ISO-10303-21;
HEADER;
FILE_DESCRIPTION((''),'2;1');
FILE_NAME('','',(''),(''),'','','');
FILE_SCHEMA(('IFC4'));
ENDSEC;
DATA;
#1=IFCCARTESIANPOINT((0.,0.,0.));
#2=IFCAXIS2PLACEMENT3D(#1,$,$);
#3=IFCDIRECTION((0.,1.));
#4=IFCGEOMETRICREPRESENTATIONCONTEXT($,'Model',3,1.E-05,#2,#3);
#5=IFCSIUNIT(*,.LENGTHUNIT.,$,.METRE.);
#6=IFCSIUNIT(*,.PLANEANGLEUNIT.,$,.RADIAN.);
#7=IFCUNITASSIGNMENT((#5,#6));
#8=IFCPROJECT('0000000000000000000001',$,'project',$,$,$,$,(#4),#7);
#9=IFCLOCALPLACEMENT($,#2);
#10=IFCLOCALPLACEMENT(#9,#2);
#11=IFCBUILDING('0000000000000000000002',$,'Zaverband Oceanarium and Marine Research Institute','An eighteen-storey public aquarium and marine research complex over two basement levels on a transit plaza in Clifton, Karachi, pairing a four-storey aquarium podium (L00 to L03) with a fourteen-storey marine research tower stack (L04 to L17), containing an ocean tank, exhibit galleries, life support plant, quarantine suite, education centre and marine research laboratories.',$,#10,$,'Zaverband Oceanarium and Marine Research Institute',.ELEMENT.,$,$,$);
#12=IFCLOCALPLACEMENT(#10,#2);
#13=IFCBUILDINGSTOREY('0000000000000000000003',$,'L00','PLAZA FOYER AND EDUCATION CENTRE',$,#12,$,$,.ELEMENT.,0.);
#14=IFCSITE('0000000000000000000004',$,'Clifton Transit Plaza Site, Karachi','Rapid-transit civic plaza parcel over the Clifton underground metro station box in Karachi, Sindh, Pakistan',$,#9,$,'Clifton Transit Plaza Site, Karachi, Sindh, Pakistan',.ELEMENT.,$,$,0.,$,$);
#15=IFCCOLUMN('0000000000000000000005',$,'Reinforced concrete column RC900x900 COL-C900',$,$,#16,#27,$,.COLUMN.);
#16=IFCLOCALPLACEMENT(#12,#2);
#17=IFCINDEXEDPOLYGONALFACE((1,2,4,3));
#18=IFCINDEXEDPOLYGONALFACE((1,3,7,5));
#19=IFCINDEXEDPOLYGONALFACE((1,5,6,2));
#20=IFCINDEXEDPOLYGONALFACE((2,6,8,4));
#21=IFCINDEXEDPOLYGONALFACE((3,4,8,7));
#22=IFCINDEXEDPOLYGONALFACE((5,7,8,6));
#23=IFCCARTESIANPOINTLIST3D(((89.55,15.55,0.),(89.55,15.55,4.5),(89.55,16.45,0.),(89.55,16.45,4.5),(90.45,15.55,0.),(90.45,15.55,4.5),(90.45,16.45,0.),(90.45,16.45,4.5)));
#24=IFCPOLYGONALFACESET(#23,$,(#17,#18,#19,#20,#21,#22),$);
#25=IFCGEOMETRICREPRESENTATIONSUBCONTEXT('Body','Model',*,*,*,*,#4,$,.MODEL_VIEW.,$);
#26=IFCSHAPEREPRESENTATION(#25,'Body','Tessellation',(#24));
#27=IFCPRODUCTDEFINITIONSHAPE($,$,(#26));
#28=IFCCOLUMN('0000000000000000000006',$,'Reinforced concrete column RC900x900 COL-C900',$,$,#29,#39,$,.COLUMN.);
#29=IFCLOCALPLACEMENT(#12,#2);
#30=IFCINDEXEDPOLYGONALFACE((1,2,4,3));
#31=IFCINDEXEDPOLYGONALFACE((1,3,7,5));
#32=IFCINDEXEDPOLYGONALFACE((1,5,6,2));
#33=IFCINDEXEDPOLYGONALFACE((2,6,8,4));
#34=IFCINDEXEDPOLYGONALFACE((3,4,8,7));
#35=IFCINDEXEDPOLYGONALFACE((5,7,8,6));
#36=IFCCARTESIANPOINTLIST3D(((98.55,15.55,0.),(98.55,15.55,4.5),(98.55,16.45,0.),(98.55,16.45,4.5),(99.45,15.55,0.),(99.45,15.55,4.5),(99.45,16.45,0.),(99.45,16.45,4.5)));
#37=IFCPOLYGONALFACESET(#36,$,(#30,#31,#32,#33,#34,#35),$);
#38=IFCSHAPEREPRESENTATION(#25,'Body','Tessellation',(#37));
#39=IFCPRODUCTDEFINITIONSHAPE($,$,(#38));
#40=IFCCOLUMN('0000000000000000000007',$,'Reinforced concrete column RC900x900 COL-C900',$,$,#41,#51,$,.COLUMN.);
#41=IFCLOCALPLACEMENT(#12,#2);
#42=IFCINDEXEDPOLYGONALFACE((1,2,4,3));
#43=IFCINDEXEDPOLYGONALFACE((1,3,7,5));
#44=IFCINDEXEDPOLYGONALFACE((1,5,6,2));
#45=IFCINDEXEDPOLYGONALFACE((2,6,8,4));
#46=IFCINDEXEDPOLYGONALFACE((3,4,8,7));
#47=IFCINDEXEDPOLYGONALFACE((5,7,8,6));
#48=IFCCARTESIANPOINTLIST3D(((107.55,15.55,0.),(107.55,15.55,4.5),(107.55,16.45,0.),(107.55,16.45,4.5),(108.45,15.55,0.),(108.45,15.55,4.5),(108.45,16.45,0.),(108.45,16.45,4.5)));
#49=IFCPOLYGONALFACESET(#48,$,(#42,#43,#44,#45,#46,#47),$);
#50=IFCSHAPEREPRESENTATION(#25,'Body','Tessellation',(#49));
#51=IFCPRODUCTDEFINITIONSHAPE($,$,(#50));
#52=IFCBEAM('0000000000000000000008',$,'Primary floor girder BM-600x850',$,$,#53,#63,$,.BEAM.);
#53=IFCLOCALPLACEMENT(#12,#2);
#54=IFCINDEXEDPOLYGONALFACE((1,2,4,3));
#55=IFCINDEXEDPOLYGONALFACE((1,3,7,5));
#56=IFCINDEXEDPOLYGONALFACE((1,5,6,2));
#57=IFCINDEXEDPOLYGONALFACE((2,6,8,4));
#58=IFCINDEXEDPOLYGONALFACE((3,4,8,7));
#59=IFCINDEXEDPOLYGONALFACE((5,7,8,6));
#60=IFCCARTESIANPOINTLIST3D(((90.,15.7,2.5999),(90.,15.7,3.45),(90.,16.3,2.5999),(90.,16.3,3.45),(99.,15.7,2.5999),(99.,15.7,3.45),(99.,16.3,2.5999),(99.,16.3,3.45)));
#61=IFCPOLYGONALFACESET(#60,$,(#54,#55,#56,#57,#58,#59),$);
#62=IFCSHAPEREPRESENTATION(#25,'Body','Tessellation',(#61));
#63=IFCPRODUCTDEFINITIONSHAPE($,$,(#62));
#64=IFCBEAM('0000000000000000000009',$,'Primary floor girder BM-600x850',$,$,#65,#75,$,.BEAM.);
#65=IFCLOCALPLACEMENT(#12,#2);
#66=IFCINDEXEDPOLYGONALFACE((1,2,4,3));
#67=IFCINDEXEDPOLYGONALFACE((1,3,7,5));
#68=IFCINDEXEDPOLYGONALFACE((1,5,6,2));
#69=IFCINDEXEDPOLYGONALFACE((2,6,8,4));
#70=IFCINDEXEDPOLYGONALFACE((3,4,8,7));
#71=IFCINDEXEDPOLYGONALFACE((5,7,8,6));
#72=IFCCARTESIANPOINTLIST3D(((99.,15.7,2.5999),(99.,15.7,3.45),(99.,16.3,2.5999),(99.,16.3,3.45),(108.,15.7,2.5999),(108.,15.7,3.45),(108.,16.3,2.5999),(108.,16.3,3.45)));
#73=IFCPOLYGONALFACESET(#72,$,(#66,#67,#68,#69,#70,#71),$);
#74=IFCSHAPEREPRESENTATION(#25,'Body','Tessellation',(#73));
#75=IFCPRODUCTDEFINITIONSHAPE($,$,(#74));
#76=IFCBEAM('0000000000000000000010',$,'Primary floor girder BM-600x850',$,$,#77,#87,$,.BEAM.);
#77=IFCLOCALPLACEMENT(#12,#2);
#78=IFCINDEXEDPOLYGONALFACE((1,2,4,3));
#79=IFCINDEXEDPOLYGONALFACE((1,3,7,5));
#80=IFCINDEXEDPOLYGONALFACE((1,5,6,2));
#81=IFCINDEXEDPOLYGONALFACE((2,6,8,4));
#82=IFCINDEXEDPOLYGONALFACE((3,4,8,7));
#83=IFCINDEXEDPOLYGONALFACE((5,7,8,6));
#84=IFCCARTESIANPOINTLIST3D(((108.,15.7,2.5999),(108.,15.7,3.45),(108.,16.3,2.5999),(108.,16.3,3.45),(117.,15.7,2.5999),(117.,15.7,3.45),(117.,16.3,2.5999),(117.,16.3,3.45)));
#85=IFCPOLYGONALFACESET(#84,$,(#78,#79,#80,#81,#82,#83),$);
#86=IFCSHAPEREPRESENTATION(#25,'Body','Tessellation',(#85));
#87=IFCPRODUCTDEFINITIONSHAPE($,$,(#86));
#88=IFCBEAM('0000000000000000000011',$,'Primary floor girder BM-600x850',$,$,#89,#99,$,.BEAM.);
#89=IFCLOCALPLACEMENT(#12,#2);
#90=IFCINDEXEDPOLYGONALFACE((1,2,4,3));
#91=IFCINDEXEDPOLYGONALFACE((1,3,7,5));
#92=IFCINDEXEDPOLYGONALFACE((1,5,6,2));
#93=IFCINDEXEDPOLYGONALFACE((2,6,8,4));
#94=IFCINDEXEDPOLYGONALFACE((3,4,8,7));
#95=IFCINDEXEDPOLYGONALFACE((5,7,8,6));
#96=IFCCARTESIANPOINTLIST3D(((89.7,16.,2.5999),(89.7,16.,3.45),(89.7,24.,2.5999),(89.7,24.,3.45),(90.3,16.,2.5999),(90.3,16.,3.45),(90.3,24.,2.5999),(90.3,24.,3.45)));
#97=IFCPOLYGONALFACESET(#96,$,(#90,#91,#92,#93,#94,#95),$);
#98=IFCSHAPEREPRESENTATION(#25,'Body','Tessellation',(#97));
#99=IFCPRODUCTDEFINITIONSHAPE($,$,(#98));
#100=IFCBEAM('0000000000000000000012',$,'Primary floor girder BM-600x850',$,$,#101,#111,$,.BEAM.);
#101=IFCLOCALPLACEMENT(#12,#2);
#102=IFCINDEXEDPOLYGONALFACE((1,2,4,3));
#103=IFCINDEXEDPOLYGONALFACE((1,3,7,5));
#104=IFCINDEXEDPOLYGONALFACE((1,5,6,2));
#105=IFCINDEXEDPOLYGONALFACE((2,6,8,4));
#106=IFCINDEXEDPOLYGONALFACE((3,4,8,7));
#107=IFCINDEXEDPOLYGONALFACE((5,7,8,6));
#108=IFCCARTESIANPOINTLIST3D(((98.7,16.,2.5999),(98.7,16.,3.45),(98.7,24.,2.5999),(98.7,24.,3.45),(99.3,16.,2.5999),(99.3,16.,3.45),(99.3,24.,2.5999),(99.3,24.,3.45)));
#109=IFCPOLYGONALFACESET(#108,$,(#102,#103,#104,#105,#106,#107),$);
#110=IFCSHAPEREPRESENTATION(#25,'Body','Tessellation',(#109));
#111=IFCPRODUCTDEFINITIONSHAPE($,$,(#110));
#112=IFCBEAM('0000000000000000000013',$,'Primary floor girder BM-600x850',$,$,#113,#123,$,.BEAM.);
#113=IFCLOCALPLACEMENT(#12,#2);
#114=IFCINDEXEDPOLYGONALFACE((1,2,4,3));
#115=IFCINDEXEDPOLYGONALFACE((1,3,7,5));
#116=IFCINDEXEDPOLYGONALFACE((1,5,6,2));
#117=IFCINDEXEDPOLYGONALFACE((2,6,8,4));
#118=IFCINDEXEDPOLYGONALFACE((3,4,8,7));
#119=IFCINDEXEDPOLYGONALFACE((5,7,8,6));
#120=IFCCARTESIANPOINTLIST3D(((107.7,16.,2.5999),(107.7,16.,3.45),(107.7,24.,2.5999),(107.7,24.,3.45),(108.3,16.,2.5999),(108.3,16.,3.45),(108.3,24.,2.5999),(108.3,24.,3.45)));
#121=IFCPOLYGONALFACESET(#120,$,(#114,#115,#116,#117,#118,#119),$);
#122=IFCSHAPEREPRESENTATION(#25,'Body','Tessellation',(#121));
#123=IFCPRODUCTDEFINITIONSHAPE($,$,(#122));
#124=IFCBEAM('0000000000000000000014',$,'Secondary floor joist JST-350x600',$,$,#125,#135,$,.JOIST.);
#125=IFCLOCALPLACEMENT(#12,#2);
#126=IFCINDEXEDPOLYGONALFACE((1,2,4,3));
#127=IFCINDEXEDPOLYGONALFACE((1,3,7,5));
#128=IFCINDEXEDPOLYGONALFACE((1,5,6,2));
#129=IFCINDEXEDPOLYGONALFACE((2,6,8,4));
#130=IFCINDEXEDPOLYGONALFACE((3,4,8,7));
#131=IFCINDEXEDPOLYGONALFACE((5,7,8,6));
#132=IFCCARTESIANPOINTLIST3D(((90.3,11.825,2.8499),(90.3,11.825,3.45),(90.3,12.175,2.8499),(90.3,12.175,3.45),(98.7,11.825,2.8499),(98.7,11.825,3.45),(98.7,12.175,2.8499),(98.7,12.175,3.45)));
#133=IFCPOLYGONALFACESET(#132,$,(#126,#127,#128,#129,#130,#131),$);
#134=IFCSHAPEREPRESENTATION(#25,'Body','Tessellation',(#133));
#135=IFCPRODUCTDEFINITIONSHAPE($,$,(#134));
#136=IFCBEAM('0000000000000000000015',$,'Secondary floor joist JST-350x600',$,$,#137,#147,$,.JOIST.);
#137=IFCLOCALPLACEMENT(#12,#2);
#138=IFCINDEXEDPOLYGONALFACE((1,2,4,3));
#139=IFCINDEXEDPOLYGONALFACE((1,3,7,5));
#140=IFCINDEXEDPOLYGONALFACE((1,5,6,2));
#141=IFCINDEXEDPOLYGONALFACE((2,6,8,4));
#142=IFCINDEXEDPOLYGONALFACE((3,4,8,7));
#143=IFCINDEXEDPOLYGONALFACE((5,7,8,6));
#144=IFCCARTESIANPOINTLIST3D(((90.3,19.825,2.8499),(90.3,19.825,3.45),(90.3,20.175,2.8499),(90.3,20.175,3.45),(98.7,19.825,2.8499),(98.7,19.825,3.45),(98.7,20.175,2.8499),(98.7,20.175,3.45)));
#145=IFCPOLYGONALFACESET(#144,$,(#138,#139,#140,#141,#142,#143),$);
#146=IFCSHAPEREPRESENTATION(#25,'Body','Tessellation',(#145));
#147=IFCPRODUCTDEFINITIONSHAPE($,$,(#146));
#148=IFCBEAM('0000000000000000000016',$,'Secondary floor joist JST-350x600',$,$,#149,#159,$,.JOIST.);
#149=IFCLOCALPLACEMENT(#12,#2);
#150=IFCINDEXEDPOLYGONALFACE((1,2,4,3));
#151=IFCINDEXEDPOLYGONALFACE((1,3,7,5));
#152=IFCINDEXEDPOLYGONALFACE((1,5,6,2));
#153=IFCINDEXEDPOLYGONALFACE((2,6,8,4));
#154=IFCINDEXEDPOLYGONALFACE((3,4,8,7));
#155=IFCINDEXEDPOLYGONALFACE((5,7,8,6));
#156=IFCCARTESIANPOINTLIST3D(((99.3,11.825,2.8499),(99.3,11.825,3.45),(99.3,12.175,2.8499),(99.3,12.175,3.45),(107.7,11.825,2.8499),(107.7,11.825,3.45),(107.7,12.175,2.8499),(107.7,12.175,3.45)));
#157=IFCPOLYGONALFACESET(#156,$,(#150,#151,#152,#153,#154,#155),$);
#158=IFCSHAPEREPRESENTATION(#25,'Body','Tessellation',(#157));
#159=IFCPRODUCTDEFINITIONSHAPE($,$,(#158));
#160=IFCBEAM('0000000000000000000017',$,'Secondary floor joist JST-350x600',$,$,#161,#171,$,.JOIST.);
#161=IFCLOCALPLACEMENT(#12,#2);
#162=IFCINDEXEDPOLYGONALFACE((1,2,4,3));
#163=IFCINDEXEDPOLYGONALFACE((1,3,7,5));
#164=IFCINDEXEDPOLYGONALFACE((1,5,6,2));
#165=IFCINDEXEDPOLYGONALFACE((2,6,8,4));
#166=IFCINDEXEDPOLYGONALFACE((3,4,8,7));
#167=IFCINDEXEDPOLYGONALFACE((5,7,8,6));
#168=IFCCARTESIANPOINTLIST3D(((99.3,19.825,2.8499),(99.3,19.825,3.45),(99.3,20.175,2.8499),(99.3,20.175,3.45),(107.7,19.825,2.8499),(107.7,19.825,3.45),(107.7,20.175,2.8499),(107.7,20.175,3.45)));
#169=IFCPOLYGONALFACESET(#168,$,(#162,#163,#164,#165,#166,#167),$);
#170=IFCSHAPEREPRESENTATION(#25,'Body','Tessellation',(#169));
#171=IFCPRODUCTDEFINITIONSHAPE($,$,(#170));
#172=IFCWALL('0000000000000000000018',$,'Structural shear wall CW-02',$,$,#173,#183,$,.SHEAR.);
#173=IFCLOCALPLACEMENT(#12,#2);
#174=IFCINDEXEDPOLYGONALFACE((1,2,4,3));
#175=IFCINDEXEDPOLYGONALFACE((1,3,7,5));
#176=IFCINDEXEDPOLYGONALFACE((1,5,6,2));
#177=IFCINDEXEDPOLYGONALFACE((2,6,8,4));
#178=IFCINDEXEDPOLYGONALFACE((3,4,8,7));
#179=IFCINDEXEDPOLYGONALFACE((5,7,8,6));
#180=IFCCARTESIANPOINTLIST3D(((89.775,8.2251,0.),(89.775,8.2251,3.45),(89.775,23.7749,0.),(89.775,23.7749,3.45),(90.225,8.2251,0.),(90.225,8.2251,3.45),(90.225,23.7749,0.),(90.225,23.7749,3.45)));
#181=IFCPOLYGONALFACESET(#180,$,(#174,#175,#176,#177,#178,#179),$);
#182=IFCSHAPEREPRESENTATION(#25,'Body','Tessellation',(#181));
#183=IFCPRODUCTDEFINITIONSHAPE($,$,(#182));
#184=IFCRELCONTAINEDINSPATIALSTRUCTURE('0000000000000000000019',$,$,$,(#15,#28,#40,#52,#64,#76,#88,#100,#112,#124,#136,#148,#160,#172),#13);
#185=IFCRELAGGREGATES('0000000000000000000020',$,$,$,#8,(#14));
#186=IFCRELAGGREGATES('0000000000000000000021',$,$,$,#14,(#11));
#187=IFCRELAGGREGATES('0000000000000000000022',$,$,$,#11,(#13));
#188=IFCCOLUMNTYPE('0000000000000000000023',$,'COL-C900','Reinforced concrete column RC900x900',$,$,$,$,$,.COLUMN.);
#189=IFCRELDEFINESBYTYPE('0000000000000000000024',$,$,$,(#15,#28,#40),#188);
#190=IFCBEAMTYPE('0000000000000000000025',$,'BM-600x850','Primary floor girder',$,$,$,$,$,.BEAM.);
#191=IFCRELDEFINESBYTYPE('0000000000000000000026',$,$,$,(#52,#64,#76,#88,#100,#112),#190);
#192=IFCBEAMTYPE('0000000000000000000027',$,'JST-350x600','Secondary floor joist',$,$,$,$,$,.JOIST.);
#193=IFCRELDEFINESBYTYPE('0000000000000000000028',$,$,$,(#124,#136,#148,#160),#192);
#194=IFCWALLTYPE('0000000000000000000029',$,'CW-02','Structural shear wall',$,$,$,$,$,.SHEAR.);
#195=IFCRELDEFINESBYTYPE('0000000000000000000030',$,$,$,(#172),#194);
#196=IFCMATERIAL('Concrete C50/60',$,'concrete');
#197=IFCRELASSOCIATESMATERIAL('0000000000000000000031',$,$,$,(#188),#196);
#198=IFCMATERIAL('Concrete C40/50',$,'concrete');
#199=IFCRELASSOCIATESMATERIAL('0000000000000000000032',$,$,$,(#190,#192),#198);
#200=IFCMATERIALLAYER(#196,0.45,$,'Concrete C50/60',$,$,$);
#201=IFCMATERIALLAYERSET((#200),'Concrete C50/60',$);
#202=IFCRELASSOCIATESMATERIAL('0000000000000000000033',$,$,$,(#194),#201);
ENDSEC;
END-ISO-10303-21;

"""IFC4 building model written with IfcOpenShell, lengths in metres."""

from ifc_helpers import new_model, si_unit, direction, frame, frame_2d, origin, origin_2d, place, context, subcontext, project, spatial, rectangle, extrude, material, layer, layer_set, material_profile, profile_set, type_object, element, save


model = new_model("IFC4")

# Units and contexts
model_context = context("Model", 3, precision=1e-05, world=origin(), true_north=direction((0.0, 1.0)))
body_context = subcontext(model_context, "Body", "Model", "MODEL_VIEW")
ifc_project = project(units=[si_unit("LENGTHUNIT", "METRE"), si_unit("PLANEANGLEUNIT", "RADIAN")], contexts=[model_context])

# Site, building, storey
site_placement = place(None, origin())
site = spatial("IfcSite", under=ifc_project, at=site_placement, Name="Clifton Transit Plaza Site, Karachi", Description="Rapid-transit civic plaza parcel over the Clifton underground metro station box in Karachi, Sindh, Pakistan", LongName="Clifton Transit Plaza Site, Karachi, Sindh, Pakistan", CompositionType="ELEMENT", RefElevation=0.0)
building_placement = place(site_placement, origin())
building = spatial("IfcBuilding", under=site, at=building_placement, Name="Zaverband Oceanarium and Marine Research Institute", Description="An eighteen-storey public aquarium and marine research complex over two basement levels on a transit plaza in Clifton, Karachi, pairing a four-storey aquarium podium (L00 to L03) with a fourteen-storey marine research tower stack (L04 to L17), containing an ocean tank, exhibit galleries, life support plant, quarantine suite, education centre and marine research laboratories.", LongName="Zaverband Oceanarium and Marine Research Institute", CompositionType="ELEMENT")
storey_placement = place(building_placement, origin())
storey = spatial("IfcBuildingStorey", under=building, at=storey_placement, Name="L00", Description="PLAZA FOYER AND EDUCATION CENTRE", CompositionType="ELEMENT", Elevation=0.0)

# Columns
ifc_material_1 = material(Name="Concrete C50/60", Category="concrete")
ifc_material_profile_1 = material_profile(ifc_material_1, rectangle(XDim=0.8999, YDim=0.8999, at=origin_2d()), Name="RC900x900")
ifc_profile_set_1 = profile_set([ifc_material_profile_1], Name="Concrete C50/60")
column_type = type_object("IfcColumnType", Name="COL-C900", Description="Reinforced concrete column RC900x900", PredefinedType="COLUMN", material=ifc_profile_set_1)
for number, where, z_axis, x_axis, name in (
    (1, (90.0, 16.0, 0.0), (0.0, 0.0, 1.0), (1.0, 0.0, 0.0), "Reinforced concrete column RC900x900 COL-C900"),
    (2, (99.0, 16.0, 0.0), (0.0, 0.0, 1.0), (1.0, 0.0, 0.0), "Reinforced concrete column RC900x900 COL-C900"),
    (3, (108.0, 16.0, 0.0), (0.0, 0.0, 1.0), (1.0, 0.0, 0.0), "Reinforced concrete column RC900x900 COL-C900"),
):
    element("IfcColumn", number, at=place(storey_placement, frame(where, z_axis=z_axis, x_axis=x_axis)), inside=storey, type_object=column_type, Name=name, PredefinedType="COLUMN", context=body_context, shape_type="SweptSolid", body=[
        extrude(rectangle(XDim=0.8999, YDim=0.8999, at=origin_2d()), origin(), (0.0, 0.0, 1.0), 4.5),
    ])

# Beams
ifc_material_2 = material(Name="Concrete C40/50", Category="concrete")
ifc_material_profile_2 = material_profile(ifc_material_2, rectangle(XDim=0.6001, YDim=0.8501, at=origin_2d()), Name="RC600x850")
ifc_profile_set_2 = profile_set([ifc_material_profile_2], Name="Concrete C40/50")
beam_type_1 = type_object("IfcBeamType", Name="BM-600x850", Description="Primary floor girder", PredefinedType="BEAM", material=ifc_profile_set_2)
for number, where, z_axis, x_axis, name in (
    (4, (90.0, 16.0, 3.0249), (1.0, 0.0, 0.0), (0.0, 1.0, 0.0), "Primary floor girder BM-600x850"),
    (5, (99.0, 16.0, 3.0249), (1.0, 0.0, 0.0), (0.0, 1.0, 0.0), "Primary floor girder BM-600x850"),
    (6, (108.0, 16.0, 3.0249), (1.0, 0.0, 0.0), (0.0, 1.0, 0.0), "Primary floor girder BM-600x850"),
):
    element("IfcBeam", number, at=place(storey_placement, frame(where, z_axis=z_axis, x_axis=x_axis)), inside=storey, type_object=beam_type_1, Name=name, PredefinedType="BEAM", context=body_context, shape_type="SweptSolid", body=[
        extrude(rectangle(XDim=0.6001, YDim=0.8501, at=origin_2d()), origin(), (0.0, 0.0, 1.0), 9.0),
    ])
for number, where, z_axis, x_axis, name in (
    (7, (90.0, 16.0, 3.0249), (0.0, 1.0, 0.0), (-1.0, 0.0, 0.0), "Primary floor girder BM-600x850"),
    (8, (99.0, 16.0, 3.0249), (0.0, 1.0, 0.0), (-1.0, 0.0, 0.0), "Primary floor girder BM-600x850"),
    (9, (108.0, 16.0, 3.0249), (0.0, 1.0, 0.0), (-1.0, 0.0, 0.0), "Primary floor girder BM-600x850"),
):
    element("IfcBeam", number, at=place(storey_placement, frame(where, z_axis=z_axis, x_axis=x_axis)), inside=storey, type_object=beam_type_1, Name=name, PredefinedType="BEAM", context=body_context, shape_type="SweptSolid", body=[
        extrude(rectangle(XDim=0.6001, YDim=0.8501, at=origin_2d()), origin(), (0.0, 0.0, 1.0), 8.0),
    ])
ifc_material_profile_3 = material_profile(ifc_material_2, rectangle(XDim=0.3501, YDim=0.6001, at=origin_2d()), Name="RC350x600")
ifc_profile_set_3 = profile_set([ifc_material_profile_3], Name="Concrete C40/50")
beam_type_2 = type_object("IfcBeamType", Name="JST-350x600", Description="Secondary floor joist", PredefinedType="JOIST", material=ifc_profile_set_3)
for number, where, z_axis, x_axis, name in (
    (10, (90.3, 12.0, 3.1499), (1.0, 0.0, 0.0), (0.0, 1.0, 0.0), "Secondary floor joist JST-350x600"),
    (11, (90.3, 20.0, 3.1499), (1.0, 0.0, 0.0), (0.0, 1.0, 0.0), "Secondary floor joist JST-350x600"),
    (12, (99.3, 12.0, 3.1499), (1.0, 0.0, 0.0), (0.0, 1.0, 0.0), "Secondary floor joist JST-350x600"),
    (13, (99.3, 20.0, 3.1499), (1.0, 0.0, 0.0), (0.0, 1.0, 0.0), "Secondary floor joist JST-350x600"),
):
    element("IfcBeam", number, at=place(storey_placement, frame(where, z_axis=z_axis, x_axis=x_axis)), inside=storey, type_object=beam_type_2, Name=name, PredefinedType="JOIST", context=body_context, shape_type="SweptSolid", body=[
        extrude(rectangle(XDim=0.3501, YDim=0.6001, at=origin_2d()), origin(), (0.0, 0.0, 1.0), 8.3999),
    ])

# Wall
ifc_layer_1 = layer(ifc_material_1, 0.45, Name="Concrete C50/60")
ifc_layer_set_1 = layer_set([ifc_layer_1], Name="Concrete C50/60")
wall_type_1 = type_object("IfcWallType", Name="CW-02", Description="Structural shear wall", PredefinedType="SHEAR", material=ifc_layer_set_1)
wall_1_placement = place(storey_placement, frame((90.0, 8.2251, 0.0), z_axis=(0.0, 0.0, 1.0), x_axis=(0.0, 1.0, 0.0)))
element("IfcWall", 14, at=wall_1_placement, inside=storey, type_object=wall_type_1, Name="Structural shear wall CW-02", PredefinedType="SHEAR", context=body_context, shape_type="SweptSolid", body=[
    extrude(rectangle(XDim=15.5498, YDim=0.45, at=frame_2d((7.7749, 0.0))), origin(), (0.0, 0.0, 1.0), 3.45),
])

save(model, "model.ifc")
